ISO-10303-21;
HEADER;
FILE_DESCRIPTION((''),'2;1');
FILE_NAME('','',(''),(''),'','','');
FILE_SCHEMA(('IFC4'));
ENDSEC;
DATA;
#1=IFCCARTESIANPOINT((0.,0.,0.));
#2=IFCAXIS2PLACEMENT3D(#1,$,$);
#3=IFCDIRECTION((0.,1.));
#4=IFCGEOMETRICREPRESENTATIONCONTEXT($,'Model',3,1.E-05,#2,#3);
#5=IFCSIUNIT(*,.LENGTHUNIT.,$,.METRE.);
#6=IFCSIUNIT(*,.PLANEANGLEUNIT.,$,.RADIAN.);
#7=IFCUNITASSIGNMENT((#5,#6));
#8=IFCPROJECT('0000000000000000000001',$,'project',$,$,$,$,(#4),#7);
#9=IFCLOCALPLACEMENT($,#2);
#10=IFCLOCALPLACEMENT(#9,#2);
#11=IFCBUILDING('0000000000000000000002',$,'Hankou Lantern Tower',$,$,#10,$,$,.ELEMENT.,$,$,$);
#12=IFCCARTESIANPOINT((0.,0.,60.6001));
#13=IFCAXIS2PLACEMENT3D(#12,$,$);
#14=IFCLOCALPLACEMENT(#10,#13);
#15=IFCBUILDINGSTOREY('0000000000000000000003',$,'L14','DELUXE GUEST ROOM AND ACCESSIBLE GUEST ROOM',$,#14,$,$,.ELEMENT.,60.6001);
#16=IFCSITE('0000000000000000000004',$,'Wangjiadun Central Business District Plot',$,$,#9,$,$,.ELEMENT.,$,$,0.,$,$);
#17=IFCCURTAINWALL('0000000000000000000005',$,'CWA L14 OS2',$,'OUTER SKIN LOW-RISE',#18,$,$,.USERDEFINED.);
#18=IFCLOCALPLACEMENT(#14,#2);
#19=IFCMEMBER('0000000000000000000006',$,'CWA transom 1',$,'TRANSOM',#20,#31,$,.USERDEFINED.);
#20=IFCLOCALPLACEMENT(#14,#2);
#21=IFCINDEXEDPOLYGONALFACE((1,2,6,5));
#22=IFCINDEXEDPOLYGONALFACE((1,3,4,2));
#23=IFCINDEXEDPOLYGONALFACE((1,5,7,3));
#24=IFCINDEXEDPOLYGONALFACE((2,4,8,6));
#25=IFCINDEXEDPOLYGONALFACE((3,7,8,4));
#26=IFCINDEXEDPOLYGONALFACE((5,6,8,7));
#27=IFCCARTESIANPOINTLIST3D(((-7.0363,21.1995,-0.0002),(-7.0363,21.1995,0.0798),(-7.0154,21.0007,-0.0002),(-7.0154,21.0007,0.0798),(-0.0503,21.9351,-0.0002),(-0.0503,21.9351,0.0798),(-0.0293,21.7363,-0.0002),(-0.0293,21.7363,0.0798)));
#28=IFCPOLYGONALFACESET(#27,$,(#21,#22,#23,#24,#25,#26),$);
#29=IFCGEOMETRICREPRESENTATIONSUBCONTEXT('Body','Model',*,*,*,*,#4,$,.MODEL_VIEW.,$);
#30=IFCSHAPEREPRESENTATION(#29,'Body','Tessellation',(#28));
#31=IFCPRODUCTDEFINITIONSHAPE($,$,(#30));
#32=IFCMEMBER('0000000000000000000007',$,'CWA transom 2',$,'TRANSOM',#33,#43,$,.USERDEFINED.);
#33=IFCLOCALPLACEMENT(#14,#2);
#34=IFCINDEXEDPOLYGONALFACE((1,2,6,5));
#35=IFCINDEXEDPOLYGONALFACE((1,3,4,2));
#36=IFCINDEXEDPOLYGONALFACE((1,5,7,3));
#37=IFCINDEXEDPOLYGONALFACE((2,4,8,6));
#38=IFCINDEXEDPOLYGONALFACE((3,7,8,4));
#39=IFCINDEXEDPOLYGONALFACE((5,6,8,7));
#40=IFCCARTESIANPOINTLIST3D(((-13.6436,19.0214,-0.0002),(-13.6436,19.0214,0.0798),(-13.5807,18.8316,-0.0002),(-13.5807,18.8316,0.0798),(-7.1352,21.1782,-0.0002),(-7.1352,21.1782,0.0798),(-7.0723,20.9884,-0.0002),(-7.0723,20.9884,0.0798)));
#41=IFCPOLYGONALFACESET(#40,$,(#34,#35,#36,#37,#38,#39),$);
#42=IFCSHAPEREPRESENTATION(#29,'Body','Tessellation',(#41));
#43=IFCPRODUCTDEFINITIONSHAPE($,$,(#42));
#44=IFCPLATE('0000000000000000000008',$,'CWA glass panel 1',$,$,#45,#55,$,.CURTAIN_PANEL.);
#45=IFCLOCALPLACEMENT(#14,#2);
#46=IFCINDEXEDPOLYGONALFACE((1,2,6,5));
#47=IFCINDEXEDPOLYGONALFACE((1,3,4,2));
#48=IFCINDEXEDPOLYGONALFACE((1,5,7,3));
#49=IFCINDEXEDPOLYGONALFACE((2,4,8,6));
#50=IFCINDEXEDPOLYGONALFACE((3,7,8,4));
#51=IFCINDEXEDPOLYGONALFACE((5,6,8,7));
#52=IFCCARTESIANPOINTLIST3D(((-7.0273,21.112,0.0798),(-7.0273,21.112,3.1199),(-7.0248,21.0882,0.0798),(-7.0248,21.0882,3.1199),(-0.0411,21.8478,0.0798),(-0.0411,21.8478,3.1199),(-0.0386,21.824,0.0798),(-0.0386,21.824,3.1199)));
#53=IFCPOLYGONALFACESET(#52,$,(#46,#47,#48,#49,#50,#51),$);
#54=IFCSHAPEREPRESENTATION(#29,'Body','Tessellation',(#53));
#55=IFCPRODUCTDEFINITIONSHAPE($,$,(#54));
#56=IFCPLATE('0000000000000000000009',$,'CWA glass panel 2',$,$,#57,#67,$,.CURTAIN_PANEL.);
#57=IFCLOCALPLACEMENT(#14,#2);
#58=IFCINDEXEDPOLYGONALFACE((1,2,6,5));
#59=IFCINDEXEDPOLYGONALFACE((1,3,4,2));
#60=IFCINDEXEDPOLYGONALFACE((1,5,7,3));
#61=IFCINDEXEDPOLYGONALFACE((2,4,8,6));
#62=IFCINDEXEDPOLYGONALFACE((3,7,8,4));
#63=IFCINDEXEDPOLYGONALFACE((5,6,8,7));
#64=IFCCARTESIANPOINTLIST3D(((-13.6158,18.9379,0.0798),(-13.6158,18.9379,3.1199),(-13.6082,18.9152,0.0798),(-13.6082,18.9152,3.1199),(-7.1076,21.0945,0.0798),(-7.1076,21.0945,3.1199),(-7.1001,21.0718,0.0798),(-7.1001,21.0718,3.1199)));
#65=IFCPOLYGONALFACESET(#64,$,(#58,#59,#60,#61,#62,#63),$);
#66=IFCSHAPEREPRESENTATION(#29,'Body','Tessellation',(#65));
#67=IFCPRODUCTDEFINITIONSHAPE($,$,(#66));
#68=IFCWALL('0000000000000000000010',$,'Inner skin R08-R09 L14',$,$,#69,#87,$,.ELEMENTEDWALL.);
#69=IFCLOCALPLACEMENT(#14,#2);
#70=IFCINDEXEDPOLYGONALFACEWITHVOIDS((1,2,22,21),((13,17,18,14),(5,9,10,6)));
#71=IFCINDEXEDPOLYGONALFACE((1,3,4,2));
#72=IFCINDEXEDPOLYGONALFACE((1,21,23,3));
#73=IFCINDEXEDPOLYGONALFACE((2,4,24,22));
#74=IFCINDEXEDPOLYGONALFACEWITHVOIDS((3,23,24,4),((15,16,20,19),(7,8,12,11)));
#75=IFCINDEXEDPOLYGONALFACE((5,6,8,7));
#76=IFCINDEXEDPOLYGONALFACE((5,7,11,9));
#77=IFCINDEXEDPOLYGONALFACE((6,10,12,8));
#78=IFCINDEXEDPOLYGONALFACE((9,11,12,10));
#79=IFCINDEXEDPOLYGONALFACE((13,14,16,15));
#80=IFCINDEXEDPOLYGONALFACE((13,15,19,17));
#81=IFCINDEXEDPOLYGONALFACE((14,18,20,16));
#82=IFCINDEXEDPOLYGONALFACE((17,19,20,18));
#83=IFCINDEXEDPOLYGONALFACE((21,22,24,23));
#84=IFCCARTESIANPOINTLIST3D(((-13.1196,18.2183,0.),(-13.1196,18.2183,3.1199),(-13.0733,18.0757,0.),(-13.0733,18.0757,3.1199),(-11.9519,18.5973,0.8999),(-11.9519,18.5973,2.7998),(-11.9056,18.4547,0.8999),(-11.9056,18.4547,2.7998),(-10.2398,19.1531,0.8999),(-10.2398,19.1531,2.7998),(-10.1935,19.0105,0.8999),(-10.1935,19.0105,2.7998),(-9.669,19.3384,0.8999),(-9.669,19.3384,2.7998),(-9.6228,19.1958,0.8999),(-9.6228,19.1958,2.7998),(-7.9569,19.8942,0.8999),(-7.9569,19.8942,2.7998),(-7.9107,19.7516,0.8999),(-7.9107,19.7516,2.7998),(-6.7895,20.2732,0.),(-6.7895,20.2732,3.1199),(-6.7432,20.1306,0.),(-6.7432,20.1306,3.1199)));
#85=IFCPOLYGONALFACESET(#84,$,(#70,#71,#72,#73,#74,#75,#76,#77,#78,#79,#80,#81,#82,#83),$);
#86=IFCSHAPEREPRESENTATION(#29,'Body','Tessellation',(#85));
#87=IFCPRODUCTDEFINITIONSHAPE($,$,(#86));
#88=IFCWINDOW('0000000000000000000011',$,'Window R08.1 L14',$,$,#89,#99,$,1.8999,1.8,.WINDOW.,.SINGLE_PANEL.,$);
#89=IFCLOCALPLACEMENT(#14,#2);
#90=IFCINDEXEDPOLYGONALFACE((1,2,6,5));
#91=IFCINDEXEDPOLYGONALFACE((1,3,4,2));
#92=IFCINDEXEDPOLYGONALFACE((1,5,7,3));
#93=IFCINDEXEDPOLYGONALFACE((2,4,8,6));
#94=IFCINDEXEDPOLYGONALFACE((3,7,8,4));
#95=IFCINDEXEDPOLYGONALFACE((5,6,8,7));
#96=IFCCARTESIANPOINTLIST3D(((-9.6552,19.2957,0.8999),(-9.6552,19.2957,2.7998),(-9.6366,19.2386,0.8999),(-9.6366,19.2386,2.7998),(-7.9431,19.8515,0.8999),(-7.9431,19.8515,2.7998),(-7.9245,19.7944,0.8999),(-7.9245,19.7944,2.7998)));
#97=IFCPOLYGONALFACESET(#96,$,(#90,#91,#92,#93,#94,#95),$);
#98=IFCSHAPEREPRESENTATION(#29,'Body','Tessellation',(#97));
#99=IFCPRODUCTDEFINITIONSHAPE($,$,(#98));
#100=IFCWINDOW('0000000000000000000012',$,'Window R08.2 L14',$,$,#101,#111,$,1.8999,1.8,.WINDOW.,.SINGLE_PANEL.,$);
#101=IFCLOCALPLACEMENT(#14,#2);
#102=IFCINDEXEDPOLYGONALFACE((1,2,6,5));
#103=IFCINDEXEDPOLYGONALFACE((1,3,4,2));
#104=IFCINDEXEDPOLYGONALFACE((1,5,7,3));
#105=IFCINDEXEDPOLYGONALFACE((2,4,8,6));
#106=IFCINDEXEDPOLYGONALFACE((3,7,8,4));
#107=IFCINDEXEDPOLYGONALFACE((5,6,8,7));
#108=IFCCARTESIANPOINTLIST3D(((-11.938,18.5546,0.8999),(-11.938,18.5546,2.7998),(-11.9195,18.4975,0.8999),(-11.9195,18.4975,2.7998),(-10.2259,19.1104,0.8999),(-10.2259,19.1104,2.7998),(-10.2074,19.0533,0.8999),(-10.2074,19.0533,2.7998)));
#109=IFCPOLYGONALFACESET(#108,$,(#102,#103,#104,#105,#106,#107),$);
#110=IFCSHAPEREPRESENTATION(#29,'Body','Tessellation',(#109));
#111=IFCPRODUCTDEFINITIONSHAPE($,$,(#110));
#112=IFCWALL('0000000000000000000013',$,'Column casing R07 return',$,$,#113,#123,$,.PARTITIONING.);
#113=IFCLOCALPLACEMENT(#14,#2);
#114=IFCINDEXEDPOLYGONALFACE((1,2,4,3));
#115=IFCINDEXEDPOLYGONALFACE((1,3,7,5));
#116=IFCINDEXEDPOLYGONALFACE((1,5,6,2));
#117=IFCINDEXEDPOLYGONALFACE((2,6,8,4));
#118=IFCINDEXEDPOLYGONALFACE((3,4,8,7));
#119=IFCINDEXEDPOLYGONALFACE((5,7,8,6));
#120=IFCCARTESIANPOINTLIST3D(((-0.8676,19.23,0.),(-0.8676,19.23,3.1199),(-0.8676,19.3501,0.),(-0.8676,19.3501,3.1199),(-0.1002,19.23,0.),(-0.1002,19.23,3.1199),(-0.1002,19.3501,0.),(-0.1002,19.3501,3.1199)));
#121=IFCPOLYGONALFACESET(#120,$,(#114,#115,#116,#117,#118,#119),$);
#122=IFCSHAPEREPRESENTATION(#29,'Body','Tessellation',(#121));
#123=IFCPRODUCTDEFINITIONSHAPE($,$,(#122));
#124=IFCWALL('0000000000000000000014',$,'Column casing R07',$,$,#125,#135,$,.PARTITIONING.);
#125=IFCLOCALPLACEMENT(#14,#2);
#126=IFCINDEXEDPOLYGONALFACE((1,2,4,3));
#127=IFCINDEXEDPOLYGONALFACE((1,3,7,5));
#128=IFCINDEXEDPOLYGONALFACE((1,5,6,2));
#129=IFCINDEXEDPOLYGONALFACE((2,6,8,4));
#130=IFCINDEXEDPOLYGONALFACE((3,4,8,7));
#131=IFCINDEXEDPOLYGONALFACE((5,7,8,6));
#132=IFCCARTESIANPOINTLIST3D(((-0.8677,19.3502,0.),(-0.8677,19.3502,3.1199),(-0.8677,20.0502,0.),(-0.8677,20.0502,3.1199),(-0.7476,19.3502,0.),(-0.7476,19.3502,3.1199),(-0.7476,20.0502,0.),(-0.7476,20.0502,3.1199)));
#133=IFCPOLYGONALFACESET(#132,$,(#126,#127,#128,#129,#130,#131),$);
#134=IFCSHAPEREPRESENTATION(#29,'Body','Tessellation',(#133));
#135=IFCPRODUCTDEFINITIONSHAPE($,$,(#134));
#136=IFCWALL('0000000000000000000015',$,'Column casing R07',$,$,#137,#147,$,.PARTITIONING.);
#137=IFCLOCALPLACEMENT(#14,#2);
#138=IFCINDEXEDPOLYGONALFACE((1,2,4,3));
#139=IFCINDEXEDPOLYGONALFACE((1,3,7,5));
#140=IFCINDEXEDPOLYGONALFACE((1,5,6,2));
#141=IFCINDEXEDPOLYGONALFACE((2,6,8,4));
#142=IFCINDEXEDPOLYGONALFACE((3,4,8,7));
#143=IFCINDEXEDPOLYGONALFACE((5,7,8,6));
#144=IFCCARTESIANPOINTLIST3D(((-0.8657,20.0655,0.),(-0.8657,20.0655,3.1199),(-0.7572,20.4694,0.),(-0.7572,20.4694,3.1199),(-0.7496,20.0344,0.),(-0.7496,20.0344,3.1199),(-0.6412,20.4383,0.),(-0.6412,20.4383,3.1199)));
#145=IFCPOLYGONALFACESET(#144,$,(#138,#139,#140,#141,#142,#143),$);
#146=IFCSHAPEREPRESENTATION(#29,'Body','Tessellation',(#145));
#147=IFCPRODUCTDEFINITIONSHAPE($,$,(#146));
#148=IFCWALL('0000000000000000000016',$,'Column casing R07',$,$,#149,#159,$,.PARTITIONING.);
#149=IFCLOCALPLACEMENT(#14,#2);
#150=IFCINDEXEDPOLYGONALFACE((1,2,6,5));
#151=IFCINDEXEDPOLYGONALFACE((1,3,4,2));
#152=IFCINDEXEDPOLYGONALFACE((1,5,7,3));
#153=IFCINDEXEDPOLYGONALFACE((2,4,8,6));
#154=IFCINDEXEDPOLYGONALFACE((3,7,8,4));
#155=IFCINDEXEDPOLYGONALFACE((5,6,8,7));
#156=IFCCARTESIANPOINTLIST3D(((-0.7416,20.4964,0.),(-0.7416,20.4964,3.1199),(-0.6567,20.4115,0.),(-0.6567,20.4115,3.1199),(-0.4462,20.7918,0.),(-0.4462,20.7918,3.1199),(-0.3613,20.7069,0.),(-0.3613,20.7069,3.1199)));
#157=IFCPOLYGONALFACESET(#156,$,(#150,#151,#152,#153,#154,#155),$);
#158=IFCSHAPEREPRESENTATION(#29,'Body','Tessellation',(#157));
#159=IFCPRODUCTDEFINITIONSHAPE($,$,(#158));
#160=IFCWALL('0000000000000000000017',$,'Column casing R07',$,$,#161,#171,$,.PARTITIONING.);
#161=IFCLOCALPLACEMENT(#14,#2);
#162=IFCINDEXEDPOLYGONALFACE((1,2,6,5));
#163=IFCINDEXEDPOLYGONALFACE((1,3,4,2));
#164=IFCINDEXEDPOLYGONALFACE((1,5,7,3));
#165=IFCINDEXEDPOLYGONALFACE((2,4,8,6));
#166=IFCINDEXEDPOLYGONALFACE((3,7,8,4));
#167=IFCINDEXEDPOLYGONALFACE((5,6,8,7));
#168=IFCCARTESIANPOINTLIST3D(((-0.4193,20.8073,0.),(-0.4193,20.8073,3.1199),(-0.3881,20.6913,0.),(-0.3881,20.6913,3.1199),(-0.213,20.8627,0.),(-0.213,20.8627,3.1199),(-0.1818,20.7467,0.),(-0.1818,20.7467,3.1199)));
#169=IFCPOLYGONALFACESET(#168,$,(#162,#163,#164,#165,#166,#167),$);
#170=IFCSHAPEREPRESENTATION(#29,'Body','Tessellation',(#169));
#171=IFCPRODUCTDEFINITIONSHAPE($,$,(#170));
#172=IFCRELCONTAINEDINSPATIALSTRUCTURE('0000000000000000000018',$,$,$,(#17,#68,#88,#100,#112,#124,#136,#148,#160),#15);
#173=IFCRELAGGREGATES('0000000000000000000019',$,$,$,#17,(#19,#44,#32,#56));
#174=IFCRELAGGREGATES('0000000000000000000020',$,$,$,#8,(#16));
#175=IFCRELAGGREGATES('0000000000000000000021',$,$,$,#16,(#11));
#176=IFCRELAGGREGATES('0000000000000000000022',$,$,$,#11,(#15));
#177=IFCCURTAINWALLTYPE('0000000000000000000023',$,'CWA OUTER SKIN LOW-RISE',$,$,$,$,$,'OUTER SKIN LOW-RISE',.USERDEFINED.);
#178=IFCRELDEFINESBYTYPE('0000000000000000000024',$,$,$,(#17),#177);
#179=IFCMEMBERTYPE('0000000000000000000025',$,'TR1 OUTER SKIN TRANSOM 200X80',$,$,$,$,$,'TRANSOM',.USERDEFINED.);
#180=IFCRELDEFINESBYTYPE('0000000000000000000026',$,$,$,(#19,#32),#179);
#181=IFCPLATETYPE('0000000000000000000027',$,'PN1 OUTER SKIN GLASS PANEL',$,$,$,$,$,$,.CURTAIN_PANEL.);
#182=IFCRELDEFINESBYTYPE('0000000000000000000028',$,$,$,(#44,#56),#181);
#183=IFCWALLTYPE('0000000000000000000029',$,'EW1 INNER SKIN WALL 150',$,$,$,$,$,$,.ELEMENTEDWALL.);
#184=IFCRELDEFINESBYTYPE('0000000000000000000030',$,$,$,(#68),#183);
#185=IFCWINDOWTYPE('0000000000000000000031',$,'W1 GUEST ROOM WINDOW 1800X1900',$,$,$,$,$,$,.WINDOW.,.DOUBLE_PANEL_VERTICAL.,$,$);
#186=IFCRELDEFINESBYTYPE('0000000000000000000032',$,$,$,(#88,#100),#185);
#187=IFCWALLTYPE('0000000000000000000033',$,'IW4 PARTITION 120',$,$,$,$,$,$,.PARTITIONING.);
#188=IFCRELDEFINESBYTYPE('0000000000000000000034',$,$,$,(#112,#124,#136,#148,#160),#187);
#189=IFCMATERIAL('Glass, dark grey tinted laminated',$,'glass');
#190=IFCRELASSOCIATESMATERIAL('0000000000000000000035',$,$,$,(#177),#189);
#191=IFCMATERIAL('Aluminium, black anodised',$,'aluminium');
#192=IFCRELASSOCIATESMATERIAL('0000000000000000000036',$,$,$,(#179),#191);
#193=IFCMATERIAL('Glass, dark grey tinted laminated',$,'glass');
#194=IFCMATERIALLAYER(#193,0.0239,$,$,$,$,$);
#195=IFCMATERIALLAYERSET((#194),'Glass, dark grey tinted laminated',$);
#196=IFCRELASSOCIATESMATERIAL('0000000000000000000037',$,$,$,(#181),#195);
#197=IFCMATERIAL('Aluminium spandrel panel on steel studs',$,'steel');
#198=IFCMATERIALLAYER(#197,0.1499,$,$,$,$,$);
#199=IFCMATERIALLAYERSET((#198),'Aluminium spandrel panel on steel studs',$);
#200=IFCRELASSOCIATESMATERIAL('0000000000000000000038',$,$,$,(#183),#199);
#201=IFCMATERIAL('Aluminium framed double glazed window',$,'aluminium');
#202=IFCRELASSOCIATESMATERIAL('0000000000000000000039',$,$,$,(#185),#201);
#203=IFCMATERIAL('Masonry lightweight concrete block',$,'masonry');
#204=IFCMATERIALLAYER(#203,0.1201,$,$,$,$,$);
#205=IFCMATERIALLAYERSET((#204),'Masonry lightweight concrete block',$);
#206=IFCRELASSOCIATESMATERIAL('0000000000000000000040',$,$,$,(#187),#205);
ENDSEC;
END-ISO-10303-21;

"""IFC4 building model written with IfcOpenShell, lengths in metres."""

from ifc_helpers import new_model, si_unit, direction, frame, frame_2d, origin, origin_2d, place, context, subcontext, project, spatial, rectangle, extrude, material, layer, layer_set, material_profile, profile_set, type_object, element, fill, aggregate, save


model = new_model("IFC4")

# Units and contexts
model_context = context("Model", 3, precision=1e-05, world=origin(), true_north=direction((0.0, 1.0)))
body_context = subcontext(model_context, "Body", "Model", "MODEL_VIEW")
ifc_project = project(units=[si_unit("LENGTHUNIT", "METRE"), si_unit("PLANEANGLEUNIT", "RADIAN")], contexts=[model_context])

# Site, building, storey
site_placement = place(None, origin())
site = spatial("IfcSite", under=ifc_project, at=site_placement, Name="Wangjiadun Central Business District Plot", CompositionType="ELEMENT", RefElevation=0.0)
building_placement = place(site_placement, origin())
building = spatial("IfcBuilding", under=site, at=building_placement, Name="Hankou Lantern Tower", CompositionType="ELEMENT")
storey_placement = place(building_placement, frame((0.0, 0.0, 60.6001)))
storey = spatial("IfcBuildingStorey", under=building, at=storey_placement, Name="L14", Description="DELUXE GUEST ROOM AND ACCESSIBLE GUEST ROOM", CompositionType="ELEMENT", Elevation=60.6001)

# Curtain wall
ifc_material_1 = material(Name="Glass, dark grey tinted laminated", Category="glass")
curtain_wall_type = type_object("IfcCurtainWallType", Name="CWA OUTER SKIN LOW-RISE", ElementType="OUTER SKIN LOW-RISE", PredefinedType="USERDEFINED", material=ifc_material_1)
curtain_wall_placement = place(storey_placement, origin())
curtain_wall = element("IfcCurtainWall", 1, at=curtain_wall_placement, inside=storey, type_object=curtain_wall_type, Name="CWA L14 OS2", ObjectType="OUTER SKIN LOW-RISE", PredefinedType="USERDEFINED")

# Members
ifc_material_2 = material(Name="Aluminium, black anodised", Category="aluminium")
ifc_material_profile_1 = material_profile(ifc_material_2, rectangle(XDim=0.2, YDim=0.0801, at=origin_2d()), Name="TR1 200X80")
ifc_profile_set_1 = profile_set([ifc_material_profile_1], Name="Aluminium, black anodised")
member_type_1 = type_object("IfcMemberType", Name="TR1 OUTER SKIN TRANSOM 200X80", ElementType="TRANSOM", PredefinedType="USERDEFINED", material=ifc_profile_set_1)
member_1_placement = place(storey_placement, frame((-0.0398, 21.8357, 0.0398), z_axis=(-0.994502, -0.104716, 0.0), x_axis=(0.104716, -0.994502, 0.0)))
member_1 = element("IfcMember", 2, at=member_1_placement, type_object=member_type_1, Name="CWA transom 1", ObjectType="TRANSOM", PredefinedType="USERDEFINED", context=body_context, shape_type="SweptSolid", body=[
    extrude(rectangle(XDim=0.2, YDim=0.0801, at=origin_2d()), origin(), (0.0, 0.0, 1.0), 7.0247),
])
member_2_placement = place(storey_placement, frame((-7.1038, 21.0833, 0.0398), z_axis=(-0.949237, -0.314561, 0.0), x_axis=(0.314561, -0.949237, 0.0)))
member_2 = element("IfcMember", 3, at=member_2_placement, type_object=member_type_1, Name="CWA transom 2", ObjectType="TRANSOM", PredefinedType="USERDEFINED", context=body_context, shape_type="SweptSolid", body=[
    extrude(rectangle(XDim=0.2, YDim=0.0801, at=origin_2d()), origin(), (0.0, 0.0, 1.0), 6.8564),
])

# Plates
ifc_material_3 = material(Name="Glass, dark grey tinted laminated", Category="glass")
ifc_layer_1 = layer(ifc_material_3, 0.0239)
ifc_layer_set_1 = layer_set([ifc_layer_1], Name="Glass, dark grey tinted laminated")
plate_type = type_object("IfcPlateType", Name="PN1 OUTER SKIN GLASS PANEL", PredefinedType="CURTAIN_PANEL", material=ifc_layer_set_1)
plate_1_placement = place(storey_placement, frame((-3.533, 21.468, 0.0798), z_axis=(0.0, 0.0, 1.0), x_axis=(-0.994499, -0.104743, 0.0)))
plate_1 = element("IfcPlate", 4, at=plate_1_placement, type_object=plate_type, Name="CWA glass panel 1", PredefinedType="CURTAIN_PANEL", context=body_context, shape_type="SweptSolid", body=[
    extrude(rectangle(XDim=7.0249, YDim=0.0239, at=origin_2d()), origin(), (0.0, 0.0, 1.0), 3.04),
])
plate_2_placement = place(storey_placement, frame((-10.3579, 20.0049, 0.0798), z_axis=(0.0, 0.0, 1.0), x_axis=(-0.949241, -0.314551, 0.0)))
plate_2 = element("IfcPlate", 5, at=plate_2_placement, type_object=plate_type, Name="CWA glass panel 2", PredefinedType="CURTAIN_PANEL", context=body_context, shape_type="SweptSolid", body=[
    extrude(rectangle(XDim=6.8562, YDim=0.0239, at=origin_2d()), origin(), (0.0, 0.0, 1.0), 3.04),
])
aggregate(curtain_wall, [member_1, plate_1, member_2, plate_2])

# Wall, openings, windows
ifc_material_4 = material(Name="Aluminium spandrel panel on steel studs", Category="steel")
ifc_layer_2 = layer(ifc_material_4, 0.1499)
ifc_layer_set_2 = layer_set([ifc_layer_2], Name="Aluminium spandrel panel on steel studs")
wall_type_1 = type_object("IfcWallType", Name="EW1 INNER SKIN WALL 150", PredefinedType="ELEMENTEDWALL", material=ifc_layer_set_2)
wall_1_placement = place(storey_placement, frame((-6.7664, 20.2019, 0.0), z_axis=(0.0, 0.0, 1.0), x_axis=(-0.951138, -0.308768, 0.0)))
wall_1 = element("IfcWall", 6, at=wall_1_placement, inside=storey, type_object=wall_type_1, Name="Inner skin R08-R09 L14", PredefinedType="ELEMENTEDWALL", context=body_context, shape_type="SweptSolid", body=[
    extrude(rectangle(XDim=6.6553, YDim=0.1499, at=frame_2d((3.3276, 0.0))), origin(), (0.0, 0.0, 1.0), 3.1199),
])
opening_1_placement = place(wall_1_placement, frame((1.2275, 0.0, 0.8999)))
opening_1 = element("IfcOpeningElement", 7, at=opening_1_placement, cuts=wall_1, PredefinedType="OPENING", context=body_context, shape_type="SweptSolid", body=[
    extrude(rectangle(XDim=1.8, YDim=1.8999, at=frame_2d((0.8999, 0.95))), frame((0.0, 0.085, 0.0), z_axis=(0.0, -1.0, 0.0), x_axis=(1.0, 0.0, 0.0)), (0.0, 0.0, 1.0), 0.1699),
])
opening_2_placement = place(wall_1_placement, frame((3.6277, 0.0, 0.8999)))
opening_2 = element("IfcOpeningElement", 8, at=opening_2_placement, cuts=wall_1, PredefinedType="OPENING", context=body_context, shape_type="SweptSolid", body=[
    extrude(rectangle(XDim=1.8, YDim=1.8999, at=frame_2d((0.8999, 0.95))), frame((0.0, 0.085, 0.0), z_axis=(0.0, -1.0, 0.0), x_axis=(1.0, 0.0, 0.0)), (0.0, 0.0, 1.0), 0.1699),
])
ifc_material_5 = material(Name="Aluminium framed double glazed window", Category="aluminium")
window_type = type_object("IfcWindowType", Name="W1 GUEST ROOM WINDOW 1800X1900", PartitioningType="DOUBLE_PANEL_VERTICAL", PredefinedType="WINDOW", material=ifc_material_5)
window_1_placement = place(opening_1_placement, origin())
window_1 = element("IfcWindow", 9, at=window_1_placement, inside=storey, type_object=window_type, Name="Window R08.1 L14", OverallHeight=1.8999, OverallWidth=1.8, PartitioningType="SINGLE_PANEL", PredefinedType="WINDOW", context=body_context, shape_type="SweptSolid", body=[
    extrude(rectangle(XDim=1.8, YDim=1.8999, at=frame_2d((0.8999, 0.95))), frame((0.0, 0.03, 0.0), z_axis=(0.0, -1.0, 0.0), x_axis=(1.0, 0.0, 0.0)), (0.0, 0.0, 1.0), 0.0601),
])
fill(opening_1, window_1)
window_2_placement = place(opening_2_placement, origin())
window_2 = element("IfcWindow", 10, at=window_2_placement, inside=storey, type_object=window_type, Name="Window R08.2 L14", OverallHeight=1.8999, OverallWidth=1.8, PartitioningType="SINGLE_PANEL", PredefinedType="WINDOW", context=body_context, shape_type="SweptSolid", body=[
    extrude(rectangle(XDim=1.8, YDim=1.8999, at=frame_2d((0.8999, 0.95))), frame((0.0, 0.03, 0.0), z_axis=(0.0, -1.0, 0.0), x_axis=(1.0, 0.0, 0.0)), (0.0, 0.0, 1.0), 0.0601),
])
fill(opening_2, window_2)

# Walls
ifc_material_6 = material(Name="Masonry lightweight concrete block", Category="masonry")
ifc_layer_3 = layer(ifc_material_6, 0.1201)
ifc_layer_set_3 = layer_set([ifc_layer_3], Name="Masonry lightweight concrete block")
wall_type_2 = type_object("IfcWallType", Name="IW4 PARTITION 120", PredefinedType="PARTITIONING", material=ifc_layer_set_3)
wall_2_placement = place(storey_placement, frame((-0.1001, 19.29, 0.0), z_axis=(0.0, 0.0, 1.0), x_axis=(-1.0, 0.0, 0.0)))
element("IfcWall", 11, at=wall_2_placement, inside=storey, type_object=wall_type_2, Name="Column casing R07 return", PredefinedType="PARTITIONING", context=body_context, shape_type="SweptSolid", body=[
    extrude(rectangle(XDim=0.7673, YDim=0.1201, at=frame_2d((0.3838, 0.0))), origin(), (0.0, 0.0, 1.0), 3.1199),
])
wall_3_placement = place(storey_placement, frame((-0.8076, 19.3501, 0.0), z_axis=(0.0, 0.0, 1.0), x_axis=(0.0, 1.0, 0.0)))
element("IfcWall", 12, at=wall_3_placement, inside=storey, type_object=wall_type_2, Name="Column casing R07", PredefinedType="PARTITIONING", context=body_context, shape_type="SweptSolid", body=[
    extrude(rectangle(XDim=0.7, YDim=0.1201, at=frame_2d((0.3501, 0.0))), origin(), (0.0, 0.0, 1.0), 3.1199),
])
wall_4_placement = place(storey_placement, frame((-0.8076, 20.05, 0.0), z_axis=(0.0, 0.0, 1.0), x_axis=(0.259261, 0.965807, 0.0)))
element("IfcWall", 13, at=wall_4_placement, inside=storey, type_object=wall_type_2, Name="Column casing R07", PredefinedType="PARTITIONING", context=body_context, shape_type="SweptSolid", body=[
    extrude(rectangle(XDim=0.4182, YDim=0.1201, at=frame_2d((0.209, 0.0))), origin(), (0.0, 0.0, 1.0), 3.1199),
])
wall_5_placement = place(storey_placement, frame((-0.6992, 20.4539, 0.0), z_axis=(0.0, 0.0, 1.0), x_axis=(0.707107, 0.707107, 0.0)))
element("IfcWall", 14, at=wall_5_placement, inside=storey, type_object=wall_type_2, Name="Column casing R07", PredefinedType="PARTITIONING", context=body_context, shape_type="SweptSolid", body=[
    extrude(rectangle(XDim=0.4177, YDim=0.1201, at=frame_2d((0.209, 0.0))), origin(), (0.0, 0.0, 1.0), 3.1199),
])
wall_6_placement = place(storey_placement, frame((-0.4038, 20.7493, 0.0), z_axis=(0.0, 0.0, 1.0), x_axis=(0.965759, 0.259441, 0.0)))
element("IfcWall", 15, at=wall_6_placement, inside=storey, type_object=wall_type_2, Name="Column casing R07", PredefinedType="PARTITIONING", context=body_context, shape_type="SweptSolid", body=[
    extrude(rectangle(XDim=0.2136, YDim=0.1201, at=frame_2d((0.1069, 0.0))), origin(), (0.0, 0.0, 1.0), 3.1199),
])

save(model, "model.ifc")
